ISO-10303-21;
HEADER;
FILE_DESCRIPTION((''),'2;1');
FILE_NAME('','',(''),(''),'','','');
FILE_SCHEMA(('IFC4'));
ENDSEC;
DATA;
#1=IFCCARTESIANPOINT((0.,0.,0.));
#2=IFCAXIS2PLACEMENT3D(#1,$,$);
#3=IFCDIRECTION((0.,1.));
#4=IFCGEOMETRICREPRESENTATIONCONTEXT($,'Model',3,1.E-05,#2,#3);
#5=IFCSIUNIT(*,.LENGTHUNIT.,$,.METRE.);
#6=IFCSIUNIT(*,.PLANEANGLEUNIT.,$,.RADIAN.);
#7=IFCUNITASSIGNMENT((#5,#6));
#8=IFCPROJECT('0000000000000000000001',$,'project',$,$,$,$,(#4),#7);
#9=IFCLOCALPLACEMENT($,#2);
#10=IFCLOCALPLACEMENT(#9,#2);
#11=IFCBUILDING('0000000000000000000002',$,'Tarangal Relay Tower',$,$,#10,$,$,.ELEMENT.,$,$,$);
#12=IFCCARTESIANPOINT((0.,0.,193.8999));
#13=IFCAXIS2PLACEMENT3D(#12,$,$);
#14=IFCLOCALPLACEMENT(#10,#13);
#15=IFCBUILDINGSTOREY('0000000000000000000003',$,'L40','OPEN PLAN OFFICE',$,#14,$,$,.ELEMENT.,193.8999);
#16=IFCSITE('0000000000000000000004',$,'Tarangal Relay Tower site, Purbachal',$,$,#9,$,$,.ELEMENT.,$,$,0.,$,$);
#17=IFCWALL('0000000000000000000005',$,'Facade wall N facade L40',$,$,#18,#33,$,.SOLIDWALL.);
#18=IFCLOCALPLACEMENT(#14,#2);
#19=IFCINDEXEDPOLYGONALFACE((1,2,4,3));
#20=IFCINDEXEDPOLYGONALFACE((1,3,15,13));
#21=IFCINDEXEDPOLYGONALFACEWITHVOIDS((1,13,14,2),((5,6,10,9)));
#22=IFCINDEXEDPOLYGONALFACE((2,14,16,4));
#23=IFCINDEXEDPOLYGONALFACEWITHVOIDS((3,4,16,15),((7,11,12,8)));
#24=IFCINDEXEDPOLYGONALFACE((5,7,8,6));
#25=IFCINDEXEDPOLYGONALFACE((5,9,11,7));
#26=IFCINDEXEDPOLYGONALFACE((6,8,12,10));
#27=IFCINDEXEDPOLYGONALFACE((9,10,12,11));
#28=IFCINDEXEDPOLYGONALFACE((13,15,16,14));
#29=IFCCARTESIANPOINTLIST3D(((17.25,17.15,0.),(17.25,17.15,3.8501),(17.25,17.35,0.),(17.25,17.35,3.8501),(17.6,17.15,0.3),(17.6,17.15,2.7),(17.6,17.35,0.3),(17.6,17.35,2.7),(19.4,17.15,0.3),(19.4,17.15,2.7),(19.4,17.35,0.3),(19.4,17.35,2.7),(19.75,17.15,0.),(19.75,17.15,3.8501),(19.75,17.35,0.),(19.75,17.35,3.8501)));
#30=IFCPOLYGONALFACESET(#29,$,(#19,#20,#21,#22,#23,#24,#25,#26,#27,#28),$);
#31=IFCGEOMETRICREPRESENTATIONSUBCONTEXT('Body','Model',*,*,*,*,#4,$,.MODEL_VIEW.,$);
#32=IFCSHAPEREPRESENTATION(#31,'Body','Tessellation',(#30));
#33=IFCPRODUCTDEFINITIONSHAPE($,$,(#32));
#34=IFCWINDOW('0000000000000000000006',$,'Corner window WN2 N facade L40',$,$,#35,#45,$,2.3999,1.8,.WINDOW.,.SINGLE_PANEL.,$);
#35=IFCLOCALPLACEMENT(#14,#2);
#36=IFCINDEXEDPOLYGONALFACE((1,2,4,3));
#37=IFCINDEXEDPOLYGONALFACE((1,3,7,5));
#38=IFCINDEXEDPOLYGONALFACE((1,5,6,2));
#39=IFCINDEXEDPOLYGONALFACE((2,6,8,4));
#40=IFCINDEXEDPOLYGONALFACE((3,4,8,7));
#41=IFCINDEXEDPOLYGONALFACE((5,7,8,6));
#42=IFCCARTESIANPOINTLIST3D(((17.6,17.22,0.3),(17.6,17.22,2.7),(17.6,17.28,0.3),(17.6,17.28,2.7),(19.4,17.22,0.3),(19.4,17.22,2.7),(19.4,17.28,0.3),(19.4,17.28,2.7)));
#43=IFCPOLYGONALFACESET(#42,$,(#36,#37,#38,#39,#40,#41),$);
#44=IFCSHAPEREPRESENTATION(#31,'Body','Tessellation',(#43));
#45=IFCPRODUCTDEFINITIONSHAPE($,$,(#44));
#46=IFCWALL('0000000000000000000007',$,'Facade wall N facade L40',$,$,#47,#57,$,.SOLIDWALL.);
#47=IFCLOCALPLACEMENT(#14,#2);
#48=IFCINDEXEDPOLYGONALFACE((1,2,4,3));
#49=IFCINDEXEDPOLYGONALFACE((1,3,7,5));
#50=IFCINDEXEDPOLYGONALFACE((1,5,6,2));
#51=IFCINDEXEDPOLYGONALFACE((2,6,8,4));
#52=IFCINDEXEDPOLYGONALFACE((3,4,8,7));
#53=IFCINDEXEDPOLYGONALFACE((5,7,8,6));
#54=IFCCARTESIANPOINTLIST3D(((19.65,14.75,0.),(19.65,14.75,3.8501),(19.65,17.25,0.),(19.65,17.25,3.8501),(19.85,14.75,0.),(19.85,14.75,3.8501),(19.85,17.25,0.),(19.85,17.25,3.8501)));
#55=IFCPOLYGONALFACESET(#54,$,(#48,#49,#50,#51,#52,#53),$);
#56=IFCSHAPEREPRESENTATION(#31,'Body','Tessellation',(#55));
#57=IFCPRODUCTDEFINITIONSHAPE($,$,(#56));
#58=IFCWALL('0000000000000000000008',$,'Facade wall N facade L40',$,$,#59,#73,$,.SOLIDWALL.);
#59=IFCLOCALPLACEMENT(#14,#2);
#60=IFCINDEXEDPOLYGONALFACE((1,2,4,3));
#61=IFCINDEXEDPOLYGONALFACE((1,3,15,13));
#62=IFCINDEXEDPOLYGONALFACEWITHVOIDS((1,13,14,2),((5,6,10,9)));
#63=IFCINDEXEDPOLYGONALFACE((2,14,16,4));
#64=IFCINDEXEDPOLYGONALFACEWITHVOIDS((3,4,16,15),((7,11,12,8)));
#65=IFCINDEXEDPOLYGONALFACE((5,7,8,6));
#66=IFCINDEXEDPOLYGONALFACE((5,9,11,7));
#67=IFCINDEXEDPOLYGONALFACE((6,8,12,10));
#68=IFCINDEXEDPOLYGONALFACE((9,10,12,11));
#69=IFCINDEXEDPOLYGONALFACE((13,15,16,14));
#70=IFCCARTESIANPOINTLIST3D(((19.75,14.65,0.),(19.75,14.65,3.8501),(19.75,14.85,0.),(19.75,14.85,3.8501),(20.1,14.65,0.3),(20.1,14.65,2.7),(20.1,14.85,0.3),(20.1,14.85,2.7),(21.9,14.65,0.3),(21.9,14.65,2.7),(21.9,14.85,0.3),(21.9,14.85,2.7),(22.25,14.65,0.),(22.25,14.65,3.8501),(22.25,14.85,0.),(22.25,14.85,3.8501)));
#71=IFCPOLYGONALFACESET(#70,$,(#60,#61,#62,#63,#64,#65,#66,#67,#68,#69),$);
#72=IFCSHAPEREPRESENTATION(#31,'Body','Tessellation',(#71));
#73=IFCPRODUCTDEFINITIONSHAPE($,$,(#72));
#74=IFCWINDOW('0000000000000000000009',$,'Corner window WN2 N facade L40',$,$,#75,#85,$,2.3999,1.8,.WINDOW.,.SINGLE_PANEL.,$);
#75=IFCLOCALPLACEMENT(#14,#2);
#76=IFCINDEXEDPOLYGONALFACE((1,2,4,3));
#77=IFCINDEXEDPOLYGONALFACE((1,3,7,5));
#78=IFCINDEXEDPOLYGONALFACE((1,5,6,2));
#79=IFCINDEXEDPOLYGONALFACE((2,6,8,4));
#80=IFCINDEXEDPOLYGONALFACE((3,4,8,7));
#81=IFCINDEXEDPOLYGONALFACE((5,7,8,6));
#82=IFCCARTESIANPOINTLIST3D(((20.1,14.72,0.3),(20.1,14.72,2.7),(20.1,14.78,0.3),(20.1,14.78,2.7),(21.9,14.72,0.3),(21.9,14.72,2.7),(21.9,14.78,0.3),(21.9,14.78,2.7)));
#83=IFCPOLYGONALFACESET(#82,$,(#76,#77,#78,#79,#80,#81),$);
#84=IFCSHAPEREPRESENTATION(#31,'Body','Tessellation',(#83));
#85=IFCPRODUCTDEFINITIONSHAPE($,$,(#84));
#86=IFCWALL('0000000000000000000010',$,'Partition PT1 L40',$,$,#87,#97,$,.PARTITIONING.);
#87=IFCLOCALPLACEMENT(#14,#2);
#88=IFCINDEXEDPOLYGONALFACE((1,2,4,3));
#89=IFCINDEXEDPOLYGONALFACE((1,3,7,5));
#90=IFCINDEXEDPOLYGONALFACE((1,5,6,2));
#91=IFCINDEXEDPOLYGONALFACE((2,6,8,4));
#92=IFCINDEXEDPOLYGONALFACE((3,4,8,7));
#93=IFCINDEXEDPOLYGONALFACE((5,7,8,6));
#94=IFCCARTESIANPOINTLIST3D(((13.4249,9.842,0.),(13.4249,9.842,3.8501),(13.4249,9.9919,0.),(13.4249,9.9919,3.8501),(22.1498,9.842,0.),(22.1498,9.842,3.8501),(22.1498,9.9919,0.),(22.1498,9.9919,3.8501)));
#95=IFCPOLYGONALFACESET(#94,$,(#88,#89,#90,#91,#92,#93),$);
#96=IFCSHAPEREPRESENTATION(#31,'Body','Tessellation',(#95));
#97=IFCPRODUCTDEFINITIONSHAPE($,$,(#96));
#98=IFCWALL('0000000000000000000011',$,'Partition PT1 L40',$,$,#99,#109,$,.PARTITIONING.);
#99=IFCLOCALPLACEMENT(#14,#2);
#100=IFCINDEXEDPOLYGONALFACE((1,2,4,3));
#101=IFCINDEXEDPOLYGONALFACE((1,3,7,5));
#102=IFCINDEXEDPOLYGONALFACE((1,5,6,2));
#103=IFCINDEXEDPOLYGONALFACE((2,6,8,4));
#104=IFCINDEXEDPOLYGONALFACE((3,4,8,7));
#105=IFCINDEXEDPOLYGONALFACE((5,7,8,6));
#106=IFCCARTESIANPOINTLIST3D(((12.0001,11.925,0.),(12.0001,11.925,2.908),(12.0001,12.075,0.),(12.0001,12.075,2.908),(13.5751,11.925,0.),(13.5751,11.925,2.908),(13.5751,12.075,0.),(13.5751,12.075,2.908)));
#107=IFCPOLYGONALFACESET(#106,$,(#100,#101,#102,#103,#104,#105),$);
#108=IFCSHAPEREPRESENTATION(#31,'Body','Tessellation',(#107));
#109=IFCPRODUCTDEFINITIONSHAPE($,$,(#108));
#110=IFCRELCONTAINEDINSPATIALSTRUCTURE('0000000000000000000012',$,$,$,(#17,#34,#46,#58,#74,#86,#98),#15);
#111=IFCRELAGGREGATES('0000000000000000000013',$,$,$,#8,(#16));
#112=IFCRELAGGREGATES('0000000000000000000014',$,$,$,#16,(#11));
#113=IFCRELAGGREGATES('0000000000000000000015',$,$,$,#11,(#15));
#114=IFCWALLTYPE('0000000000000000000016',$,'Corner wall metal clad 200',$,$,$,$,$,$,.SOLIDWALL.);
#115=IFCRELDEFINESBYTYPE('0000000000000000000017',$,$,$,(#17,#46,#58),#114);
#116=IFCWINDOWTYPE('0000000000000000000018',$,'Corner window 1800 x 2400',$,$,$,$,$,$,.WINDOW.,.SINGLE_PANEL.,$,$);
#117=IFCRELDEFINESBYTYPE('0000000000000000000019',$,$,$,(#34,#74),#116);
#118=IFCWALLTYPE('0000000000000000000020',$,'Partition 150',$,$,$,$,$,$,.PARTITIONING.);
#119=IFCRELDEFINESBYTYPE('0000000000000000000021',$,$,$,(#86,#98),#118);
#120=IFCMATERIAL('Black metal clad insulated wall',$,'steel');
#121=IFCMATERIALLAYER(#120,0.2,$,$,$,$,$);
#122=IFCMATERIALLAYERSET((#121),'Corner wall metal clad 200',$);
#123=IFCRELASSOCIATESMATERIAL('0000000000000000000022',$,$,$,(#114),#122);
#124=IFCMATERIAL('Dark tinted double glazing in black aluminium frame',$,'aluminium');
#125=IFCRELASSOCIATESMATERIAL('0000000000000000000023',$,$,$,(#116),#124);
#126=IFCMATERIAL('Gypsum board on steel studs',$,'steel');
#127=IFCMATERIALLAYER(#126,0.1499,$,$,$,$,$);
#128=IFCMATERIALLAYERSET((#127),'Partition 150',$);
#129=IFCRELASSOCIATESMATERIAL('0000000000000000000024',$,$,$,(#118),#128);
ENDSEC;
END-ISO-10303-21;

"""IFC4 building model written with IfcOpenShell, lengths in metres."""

from ifc_helpers import new_model, si_unit, direction, frame, frame_2d, origin, place, context, subcontext, project, spatial, rectangle, extrude, material, layer, layer_set, type_object, element, fill, save


model = new_model("IFC4")

# Units and contexts
model_context = context("Model", 3, precision=1e-05, world=origin(), true_north=direction((0.0, 1.0)))
body_context = subcontext(model_context, "Body", "Model", "MODEL_VIEW")
ifc_project = project(units=[si_unit("LENGTHUNIT", "METRE"), si_unit("PLANEANGLEUNIT", "RADIAN")], contexts=[model_context])

# Site, building, storey
site_placement = place(None, origin())
site = spatial("IfcSite", under=ifc_project, at=site_placement, Name="Tarangal Relay Tower site, Purbachal", CompositionType="ELEMENT", RefElevation=0.0)
building_placement = place(site_placement, origin())
building = spatial("IfcBuilding", under=site, at=building_placement, Name="Tarangal Relay Tower", CompositionType="ELEMENT")
storey_placement = place(building_placement, frame((0.0, 0.0, 193.8999)))
storey = spatial("IfcBuildingStorey", under=building, at=storey_placement, Name="L40", Description="OPEN PLAN OFFICE", CompositionType="ELEMENT", Elevation=193.8999)

# Shared definitions
ifc_material_1 = material(Name="Black metal clad insulated wall", Category="steel")
ifc_layer_1 = layer(ifc_material_1, 0.2)
ifc_layer_set_1 = layer_set([ifc_layer_1], Name="Corner wall metal clad 200")
wall_type_1 = type_object("IfcWallType", Name="Corner wall metal clad 200", PredefinedType="SOLIDWALL", material=ifc_layer_set_1)

# Shared definitions
ifc_material_2 = material(Name="Dark tinted double glazing in black aluminium frame", Category="aluminium")
window_type = type_object("IfcWindowType", Name="Corner window 1800 x 2400", PartitioningType="SINGLE_PANEL", PredefinedType="WINDOW", material=ifc_material_2)

# Wall, opening, window
wall_1_placement = place(storey_placement, frame((17.25, 17.25, 0.0), z_axis=(0.0, 0.0, 1.0), x_axis=(1.0, 0.0, 0.0)))
wall_1 = element("IfcWall", 1, at=wall_1_placement, inside=storey, type_object=wall_type_1, Name="Facade wall N facade L40", PredefinedType="SOLIDWALL", context=body_context, shape_type="SweptSolid", body=[
    extrude(rectangle(XDim=2.5, YDim=0.2, at=frame_2d((1.25, 0.0))), origin(), (0.0, 0.0, 1.0), 3.8501),
])
opening_1_placement = place(wall_1_placement, frame((0.3501, 0.0, 0.3)))
opening_1 = element("IfcOpeningElement", 2, at=opening_1_placement, cuts=wall_1, PredefinedType="OPENING", context=body_context, shape_type="SweptSolid", body=[
    extrude(rectangle(XDim=1.8, YDim=2.3999, at=frame_2d((0.8999, 1.2))), frame((0.0, 0.1099, 0.0), z_axis=(0.0, -1.0, 0.0), x_axis=(1.0, 0.0, 0.0)), (0.0, 0.0, 1.0), 0.22),
])
window_1_placement = place(opening_1_placement, origin())
window_1 = element("IfcWindow", 3, at=window_1_placement, inside=storey, type_object=window_type, Name="Corner window WN2 N facade L40", OverallHeight=2.3999, OverallWidth=1.8, PartitioningType="SINGLE_PANEL", PredefinedType="WINDOW", context=body_context, shape_type="SweptSolid", body=[
    extrude(rectangle(XDim=1.8, YDim=2.3999, at=frame_2d((0.8999, 1.2))), frame((0.0, 0.03, 0.0), z_axis=(0.0, -1.0, 0.0), x_axis=(1.0, 0.0, 0.0)), (0.0, 0.0, 1.0), 0.0601),
])
fill(opening_1, window_1)

# Wall
wall_2_placement = place(storey_placement, frame((19.75, 17.25, 0.0), z_axis=(0.0, 0.0, 1.0), x_axis=(0.0, -1.0, 0.0)))
element("IfcWall", 4, at=wall_2_placement, inside=storey, type_object=wall_type_1, Name="Facade wall N facade L40", PredefinedType="SOLIDWALL", context=body_context, shape_type="SweptSolid", body=[
    extrude(rectangle(XDim=2.5, YDim=0.2, at=frame_2d((1.25, 0.0))), origin(), (0.0, 0.0, 1.0), 3.8501),
])

# Wall, opening, window
wall_3_placement = place(storey_placement, frame((19.75, 14.75, 0.0), z_axis=(0.0, 0.0, 1.0), x_axis=(1.0, 0.0, 0.0)))
wall_3 = element("IfcWall", 5, at=wall_3_placement, inside=storey, type_object=wall_type_1, Name="Facade wall N facade L40", PredefinedType="SOLIDWALL", context=body_context, shape_type="SweptSolid", body=[
    extrude(rectangle(XDim=2.5, YDim=0.2, at=frame_2d((1.25, 0.0))), origin(), (0.0, 0.0, 1.0), 3.8501),
])
opening_2_placement = place(wall_3_placement, frame((0.3501, 0.0, 0.3)))
opening_2 = element("IfcOpeningElement", 6, at=opening_2_placement, cuts=wall_3, PredefinedType="OPENING", context=body_context, shape_type="SweptSolid", body=[
    extrude(rectangle(XDim=1.8, YDim=2.3999, at=frame_2d((0.8999, 1.2))), frame((0.0, 0.1099, 0.0), z_axis=(0.0, -1.0, 0.0), x_axis=(1.0, 0.0, 0.0)), (0.0, 0.0, 1.0), 0.22),
])
window_2_placement = place(opening_2_placement, origin())
window_2 = element("IfcWindow", 7, at=window_2_placement, inside=storey, type_object=window_type, Name="Corner window WN2 N facade L40", OverallHeight=2.3999, OverallWidth=1.8, PartitioningType="SINGLE_PANEL", PredefinedType="WINDOW", context=body_context, shape_type="SweptSolid", body=[
    extrude(rectangle(XDim=1.8, YDim=2.3999, at=frame_2d((0.8999, 1.2))), frame((0.0, 0.03, 0.0), z_axis=(0.0, -1.0, 0.0), x_axis=(1.0, 0.0, 0.0)), (0.0, 0.0, 1.0), 0.0601),
])
fill(opening_2, window_2)

# Walls
ifc_material_3 = material(Name="Gypsum board on steel studs", Category="steel")
ifc_layer_2 = layer(ifc_material_3, 0.1499)
ifc_layer_set_2 = layer_set([ifc_layer_2], Name="Partition 150")
wall_type_2 = type_object("IfcWallType", Name="Partition 150", PredefinedType="PARTITIONING", material=ifc_layer_set_2)
wall_4_placement = place(storey_placement, frame((13.425, 9.917, 0.0), z_axis=(0.0, 0.0, 1.0), x_axis=(1.0, 0.0, 0.0)))
element("IfcWall", 8, at=wall_4_placement, inside=storey, type_object=wall_type_2, Name="Partition PT1 L40", PredefinedType="PARTITIONING", context=body_context, shape_type="SweptSolid", body=[
    extrude(rectangle(XDim=8.7249, YDim=0.1499, at=frame_2d((4.3623, 0.0))), origin(), (0.0, 0.0, 1.0), 3.8501),
])
wall_5_placement = place(storey_placement, frame((12.0, 12.0, 0.0), z_axis=(0.0, 0.0, 1.0), x_axis=(1.0, 0.0, 0.0)))
element("IfcWall", 9, at=wall_5_placement, inside=storey, type_object=wall_type_2, Name="Partition PT1 L40", PredefinedType="PARTITIONING", context=body_context, shape_type="SweptSolid", body=[
    extrude(rectangle(XDim=1.575, YDim=0.1499, at=frame_2d((0.7876, 0.0))), origin(), (0.0, 0.0, 1.0), 2.908),
])

save(model, "model.ifc")
